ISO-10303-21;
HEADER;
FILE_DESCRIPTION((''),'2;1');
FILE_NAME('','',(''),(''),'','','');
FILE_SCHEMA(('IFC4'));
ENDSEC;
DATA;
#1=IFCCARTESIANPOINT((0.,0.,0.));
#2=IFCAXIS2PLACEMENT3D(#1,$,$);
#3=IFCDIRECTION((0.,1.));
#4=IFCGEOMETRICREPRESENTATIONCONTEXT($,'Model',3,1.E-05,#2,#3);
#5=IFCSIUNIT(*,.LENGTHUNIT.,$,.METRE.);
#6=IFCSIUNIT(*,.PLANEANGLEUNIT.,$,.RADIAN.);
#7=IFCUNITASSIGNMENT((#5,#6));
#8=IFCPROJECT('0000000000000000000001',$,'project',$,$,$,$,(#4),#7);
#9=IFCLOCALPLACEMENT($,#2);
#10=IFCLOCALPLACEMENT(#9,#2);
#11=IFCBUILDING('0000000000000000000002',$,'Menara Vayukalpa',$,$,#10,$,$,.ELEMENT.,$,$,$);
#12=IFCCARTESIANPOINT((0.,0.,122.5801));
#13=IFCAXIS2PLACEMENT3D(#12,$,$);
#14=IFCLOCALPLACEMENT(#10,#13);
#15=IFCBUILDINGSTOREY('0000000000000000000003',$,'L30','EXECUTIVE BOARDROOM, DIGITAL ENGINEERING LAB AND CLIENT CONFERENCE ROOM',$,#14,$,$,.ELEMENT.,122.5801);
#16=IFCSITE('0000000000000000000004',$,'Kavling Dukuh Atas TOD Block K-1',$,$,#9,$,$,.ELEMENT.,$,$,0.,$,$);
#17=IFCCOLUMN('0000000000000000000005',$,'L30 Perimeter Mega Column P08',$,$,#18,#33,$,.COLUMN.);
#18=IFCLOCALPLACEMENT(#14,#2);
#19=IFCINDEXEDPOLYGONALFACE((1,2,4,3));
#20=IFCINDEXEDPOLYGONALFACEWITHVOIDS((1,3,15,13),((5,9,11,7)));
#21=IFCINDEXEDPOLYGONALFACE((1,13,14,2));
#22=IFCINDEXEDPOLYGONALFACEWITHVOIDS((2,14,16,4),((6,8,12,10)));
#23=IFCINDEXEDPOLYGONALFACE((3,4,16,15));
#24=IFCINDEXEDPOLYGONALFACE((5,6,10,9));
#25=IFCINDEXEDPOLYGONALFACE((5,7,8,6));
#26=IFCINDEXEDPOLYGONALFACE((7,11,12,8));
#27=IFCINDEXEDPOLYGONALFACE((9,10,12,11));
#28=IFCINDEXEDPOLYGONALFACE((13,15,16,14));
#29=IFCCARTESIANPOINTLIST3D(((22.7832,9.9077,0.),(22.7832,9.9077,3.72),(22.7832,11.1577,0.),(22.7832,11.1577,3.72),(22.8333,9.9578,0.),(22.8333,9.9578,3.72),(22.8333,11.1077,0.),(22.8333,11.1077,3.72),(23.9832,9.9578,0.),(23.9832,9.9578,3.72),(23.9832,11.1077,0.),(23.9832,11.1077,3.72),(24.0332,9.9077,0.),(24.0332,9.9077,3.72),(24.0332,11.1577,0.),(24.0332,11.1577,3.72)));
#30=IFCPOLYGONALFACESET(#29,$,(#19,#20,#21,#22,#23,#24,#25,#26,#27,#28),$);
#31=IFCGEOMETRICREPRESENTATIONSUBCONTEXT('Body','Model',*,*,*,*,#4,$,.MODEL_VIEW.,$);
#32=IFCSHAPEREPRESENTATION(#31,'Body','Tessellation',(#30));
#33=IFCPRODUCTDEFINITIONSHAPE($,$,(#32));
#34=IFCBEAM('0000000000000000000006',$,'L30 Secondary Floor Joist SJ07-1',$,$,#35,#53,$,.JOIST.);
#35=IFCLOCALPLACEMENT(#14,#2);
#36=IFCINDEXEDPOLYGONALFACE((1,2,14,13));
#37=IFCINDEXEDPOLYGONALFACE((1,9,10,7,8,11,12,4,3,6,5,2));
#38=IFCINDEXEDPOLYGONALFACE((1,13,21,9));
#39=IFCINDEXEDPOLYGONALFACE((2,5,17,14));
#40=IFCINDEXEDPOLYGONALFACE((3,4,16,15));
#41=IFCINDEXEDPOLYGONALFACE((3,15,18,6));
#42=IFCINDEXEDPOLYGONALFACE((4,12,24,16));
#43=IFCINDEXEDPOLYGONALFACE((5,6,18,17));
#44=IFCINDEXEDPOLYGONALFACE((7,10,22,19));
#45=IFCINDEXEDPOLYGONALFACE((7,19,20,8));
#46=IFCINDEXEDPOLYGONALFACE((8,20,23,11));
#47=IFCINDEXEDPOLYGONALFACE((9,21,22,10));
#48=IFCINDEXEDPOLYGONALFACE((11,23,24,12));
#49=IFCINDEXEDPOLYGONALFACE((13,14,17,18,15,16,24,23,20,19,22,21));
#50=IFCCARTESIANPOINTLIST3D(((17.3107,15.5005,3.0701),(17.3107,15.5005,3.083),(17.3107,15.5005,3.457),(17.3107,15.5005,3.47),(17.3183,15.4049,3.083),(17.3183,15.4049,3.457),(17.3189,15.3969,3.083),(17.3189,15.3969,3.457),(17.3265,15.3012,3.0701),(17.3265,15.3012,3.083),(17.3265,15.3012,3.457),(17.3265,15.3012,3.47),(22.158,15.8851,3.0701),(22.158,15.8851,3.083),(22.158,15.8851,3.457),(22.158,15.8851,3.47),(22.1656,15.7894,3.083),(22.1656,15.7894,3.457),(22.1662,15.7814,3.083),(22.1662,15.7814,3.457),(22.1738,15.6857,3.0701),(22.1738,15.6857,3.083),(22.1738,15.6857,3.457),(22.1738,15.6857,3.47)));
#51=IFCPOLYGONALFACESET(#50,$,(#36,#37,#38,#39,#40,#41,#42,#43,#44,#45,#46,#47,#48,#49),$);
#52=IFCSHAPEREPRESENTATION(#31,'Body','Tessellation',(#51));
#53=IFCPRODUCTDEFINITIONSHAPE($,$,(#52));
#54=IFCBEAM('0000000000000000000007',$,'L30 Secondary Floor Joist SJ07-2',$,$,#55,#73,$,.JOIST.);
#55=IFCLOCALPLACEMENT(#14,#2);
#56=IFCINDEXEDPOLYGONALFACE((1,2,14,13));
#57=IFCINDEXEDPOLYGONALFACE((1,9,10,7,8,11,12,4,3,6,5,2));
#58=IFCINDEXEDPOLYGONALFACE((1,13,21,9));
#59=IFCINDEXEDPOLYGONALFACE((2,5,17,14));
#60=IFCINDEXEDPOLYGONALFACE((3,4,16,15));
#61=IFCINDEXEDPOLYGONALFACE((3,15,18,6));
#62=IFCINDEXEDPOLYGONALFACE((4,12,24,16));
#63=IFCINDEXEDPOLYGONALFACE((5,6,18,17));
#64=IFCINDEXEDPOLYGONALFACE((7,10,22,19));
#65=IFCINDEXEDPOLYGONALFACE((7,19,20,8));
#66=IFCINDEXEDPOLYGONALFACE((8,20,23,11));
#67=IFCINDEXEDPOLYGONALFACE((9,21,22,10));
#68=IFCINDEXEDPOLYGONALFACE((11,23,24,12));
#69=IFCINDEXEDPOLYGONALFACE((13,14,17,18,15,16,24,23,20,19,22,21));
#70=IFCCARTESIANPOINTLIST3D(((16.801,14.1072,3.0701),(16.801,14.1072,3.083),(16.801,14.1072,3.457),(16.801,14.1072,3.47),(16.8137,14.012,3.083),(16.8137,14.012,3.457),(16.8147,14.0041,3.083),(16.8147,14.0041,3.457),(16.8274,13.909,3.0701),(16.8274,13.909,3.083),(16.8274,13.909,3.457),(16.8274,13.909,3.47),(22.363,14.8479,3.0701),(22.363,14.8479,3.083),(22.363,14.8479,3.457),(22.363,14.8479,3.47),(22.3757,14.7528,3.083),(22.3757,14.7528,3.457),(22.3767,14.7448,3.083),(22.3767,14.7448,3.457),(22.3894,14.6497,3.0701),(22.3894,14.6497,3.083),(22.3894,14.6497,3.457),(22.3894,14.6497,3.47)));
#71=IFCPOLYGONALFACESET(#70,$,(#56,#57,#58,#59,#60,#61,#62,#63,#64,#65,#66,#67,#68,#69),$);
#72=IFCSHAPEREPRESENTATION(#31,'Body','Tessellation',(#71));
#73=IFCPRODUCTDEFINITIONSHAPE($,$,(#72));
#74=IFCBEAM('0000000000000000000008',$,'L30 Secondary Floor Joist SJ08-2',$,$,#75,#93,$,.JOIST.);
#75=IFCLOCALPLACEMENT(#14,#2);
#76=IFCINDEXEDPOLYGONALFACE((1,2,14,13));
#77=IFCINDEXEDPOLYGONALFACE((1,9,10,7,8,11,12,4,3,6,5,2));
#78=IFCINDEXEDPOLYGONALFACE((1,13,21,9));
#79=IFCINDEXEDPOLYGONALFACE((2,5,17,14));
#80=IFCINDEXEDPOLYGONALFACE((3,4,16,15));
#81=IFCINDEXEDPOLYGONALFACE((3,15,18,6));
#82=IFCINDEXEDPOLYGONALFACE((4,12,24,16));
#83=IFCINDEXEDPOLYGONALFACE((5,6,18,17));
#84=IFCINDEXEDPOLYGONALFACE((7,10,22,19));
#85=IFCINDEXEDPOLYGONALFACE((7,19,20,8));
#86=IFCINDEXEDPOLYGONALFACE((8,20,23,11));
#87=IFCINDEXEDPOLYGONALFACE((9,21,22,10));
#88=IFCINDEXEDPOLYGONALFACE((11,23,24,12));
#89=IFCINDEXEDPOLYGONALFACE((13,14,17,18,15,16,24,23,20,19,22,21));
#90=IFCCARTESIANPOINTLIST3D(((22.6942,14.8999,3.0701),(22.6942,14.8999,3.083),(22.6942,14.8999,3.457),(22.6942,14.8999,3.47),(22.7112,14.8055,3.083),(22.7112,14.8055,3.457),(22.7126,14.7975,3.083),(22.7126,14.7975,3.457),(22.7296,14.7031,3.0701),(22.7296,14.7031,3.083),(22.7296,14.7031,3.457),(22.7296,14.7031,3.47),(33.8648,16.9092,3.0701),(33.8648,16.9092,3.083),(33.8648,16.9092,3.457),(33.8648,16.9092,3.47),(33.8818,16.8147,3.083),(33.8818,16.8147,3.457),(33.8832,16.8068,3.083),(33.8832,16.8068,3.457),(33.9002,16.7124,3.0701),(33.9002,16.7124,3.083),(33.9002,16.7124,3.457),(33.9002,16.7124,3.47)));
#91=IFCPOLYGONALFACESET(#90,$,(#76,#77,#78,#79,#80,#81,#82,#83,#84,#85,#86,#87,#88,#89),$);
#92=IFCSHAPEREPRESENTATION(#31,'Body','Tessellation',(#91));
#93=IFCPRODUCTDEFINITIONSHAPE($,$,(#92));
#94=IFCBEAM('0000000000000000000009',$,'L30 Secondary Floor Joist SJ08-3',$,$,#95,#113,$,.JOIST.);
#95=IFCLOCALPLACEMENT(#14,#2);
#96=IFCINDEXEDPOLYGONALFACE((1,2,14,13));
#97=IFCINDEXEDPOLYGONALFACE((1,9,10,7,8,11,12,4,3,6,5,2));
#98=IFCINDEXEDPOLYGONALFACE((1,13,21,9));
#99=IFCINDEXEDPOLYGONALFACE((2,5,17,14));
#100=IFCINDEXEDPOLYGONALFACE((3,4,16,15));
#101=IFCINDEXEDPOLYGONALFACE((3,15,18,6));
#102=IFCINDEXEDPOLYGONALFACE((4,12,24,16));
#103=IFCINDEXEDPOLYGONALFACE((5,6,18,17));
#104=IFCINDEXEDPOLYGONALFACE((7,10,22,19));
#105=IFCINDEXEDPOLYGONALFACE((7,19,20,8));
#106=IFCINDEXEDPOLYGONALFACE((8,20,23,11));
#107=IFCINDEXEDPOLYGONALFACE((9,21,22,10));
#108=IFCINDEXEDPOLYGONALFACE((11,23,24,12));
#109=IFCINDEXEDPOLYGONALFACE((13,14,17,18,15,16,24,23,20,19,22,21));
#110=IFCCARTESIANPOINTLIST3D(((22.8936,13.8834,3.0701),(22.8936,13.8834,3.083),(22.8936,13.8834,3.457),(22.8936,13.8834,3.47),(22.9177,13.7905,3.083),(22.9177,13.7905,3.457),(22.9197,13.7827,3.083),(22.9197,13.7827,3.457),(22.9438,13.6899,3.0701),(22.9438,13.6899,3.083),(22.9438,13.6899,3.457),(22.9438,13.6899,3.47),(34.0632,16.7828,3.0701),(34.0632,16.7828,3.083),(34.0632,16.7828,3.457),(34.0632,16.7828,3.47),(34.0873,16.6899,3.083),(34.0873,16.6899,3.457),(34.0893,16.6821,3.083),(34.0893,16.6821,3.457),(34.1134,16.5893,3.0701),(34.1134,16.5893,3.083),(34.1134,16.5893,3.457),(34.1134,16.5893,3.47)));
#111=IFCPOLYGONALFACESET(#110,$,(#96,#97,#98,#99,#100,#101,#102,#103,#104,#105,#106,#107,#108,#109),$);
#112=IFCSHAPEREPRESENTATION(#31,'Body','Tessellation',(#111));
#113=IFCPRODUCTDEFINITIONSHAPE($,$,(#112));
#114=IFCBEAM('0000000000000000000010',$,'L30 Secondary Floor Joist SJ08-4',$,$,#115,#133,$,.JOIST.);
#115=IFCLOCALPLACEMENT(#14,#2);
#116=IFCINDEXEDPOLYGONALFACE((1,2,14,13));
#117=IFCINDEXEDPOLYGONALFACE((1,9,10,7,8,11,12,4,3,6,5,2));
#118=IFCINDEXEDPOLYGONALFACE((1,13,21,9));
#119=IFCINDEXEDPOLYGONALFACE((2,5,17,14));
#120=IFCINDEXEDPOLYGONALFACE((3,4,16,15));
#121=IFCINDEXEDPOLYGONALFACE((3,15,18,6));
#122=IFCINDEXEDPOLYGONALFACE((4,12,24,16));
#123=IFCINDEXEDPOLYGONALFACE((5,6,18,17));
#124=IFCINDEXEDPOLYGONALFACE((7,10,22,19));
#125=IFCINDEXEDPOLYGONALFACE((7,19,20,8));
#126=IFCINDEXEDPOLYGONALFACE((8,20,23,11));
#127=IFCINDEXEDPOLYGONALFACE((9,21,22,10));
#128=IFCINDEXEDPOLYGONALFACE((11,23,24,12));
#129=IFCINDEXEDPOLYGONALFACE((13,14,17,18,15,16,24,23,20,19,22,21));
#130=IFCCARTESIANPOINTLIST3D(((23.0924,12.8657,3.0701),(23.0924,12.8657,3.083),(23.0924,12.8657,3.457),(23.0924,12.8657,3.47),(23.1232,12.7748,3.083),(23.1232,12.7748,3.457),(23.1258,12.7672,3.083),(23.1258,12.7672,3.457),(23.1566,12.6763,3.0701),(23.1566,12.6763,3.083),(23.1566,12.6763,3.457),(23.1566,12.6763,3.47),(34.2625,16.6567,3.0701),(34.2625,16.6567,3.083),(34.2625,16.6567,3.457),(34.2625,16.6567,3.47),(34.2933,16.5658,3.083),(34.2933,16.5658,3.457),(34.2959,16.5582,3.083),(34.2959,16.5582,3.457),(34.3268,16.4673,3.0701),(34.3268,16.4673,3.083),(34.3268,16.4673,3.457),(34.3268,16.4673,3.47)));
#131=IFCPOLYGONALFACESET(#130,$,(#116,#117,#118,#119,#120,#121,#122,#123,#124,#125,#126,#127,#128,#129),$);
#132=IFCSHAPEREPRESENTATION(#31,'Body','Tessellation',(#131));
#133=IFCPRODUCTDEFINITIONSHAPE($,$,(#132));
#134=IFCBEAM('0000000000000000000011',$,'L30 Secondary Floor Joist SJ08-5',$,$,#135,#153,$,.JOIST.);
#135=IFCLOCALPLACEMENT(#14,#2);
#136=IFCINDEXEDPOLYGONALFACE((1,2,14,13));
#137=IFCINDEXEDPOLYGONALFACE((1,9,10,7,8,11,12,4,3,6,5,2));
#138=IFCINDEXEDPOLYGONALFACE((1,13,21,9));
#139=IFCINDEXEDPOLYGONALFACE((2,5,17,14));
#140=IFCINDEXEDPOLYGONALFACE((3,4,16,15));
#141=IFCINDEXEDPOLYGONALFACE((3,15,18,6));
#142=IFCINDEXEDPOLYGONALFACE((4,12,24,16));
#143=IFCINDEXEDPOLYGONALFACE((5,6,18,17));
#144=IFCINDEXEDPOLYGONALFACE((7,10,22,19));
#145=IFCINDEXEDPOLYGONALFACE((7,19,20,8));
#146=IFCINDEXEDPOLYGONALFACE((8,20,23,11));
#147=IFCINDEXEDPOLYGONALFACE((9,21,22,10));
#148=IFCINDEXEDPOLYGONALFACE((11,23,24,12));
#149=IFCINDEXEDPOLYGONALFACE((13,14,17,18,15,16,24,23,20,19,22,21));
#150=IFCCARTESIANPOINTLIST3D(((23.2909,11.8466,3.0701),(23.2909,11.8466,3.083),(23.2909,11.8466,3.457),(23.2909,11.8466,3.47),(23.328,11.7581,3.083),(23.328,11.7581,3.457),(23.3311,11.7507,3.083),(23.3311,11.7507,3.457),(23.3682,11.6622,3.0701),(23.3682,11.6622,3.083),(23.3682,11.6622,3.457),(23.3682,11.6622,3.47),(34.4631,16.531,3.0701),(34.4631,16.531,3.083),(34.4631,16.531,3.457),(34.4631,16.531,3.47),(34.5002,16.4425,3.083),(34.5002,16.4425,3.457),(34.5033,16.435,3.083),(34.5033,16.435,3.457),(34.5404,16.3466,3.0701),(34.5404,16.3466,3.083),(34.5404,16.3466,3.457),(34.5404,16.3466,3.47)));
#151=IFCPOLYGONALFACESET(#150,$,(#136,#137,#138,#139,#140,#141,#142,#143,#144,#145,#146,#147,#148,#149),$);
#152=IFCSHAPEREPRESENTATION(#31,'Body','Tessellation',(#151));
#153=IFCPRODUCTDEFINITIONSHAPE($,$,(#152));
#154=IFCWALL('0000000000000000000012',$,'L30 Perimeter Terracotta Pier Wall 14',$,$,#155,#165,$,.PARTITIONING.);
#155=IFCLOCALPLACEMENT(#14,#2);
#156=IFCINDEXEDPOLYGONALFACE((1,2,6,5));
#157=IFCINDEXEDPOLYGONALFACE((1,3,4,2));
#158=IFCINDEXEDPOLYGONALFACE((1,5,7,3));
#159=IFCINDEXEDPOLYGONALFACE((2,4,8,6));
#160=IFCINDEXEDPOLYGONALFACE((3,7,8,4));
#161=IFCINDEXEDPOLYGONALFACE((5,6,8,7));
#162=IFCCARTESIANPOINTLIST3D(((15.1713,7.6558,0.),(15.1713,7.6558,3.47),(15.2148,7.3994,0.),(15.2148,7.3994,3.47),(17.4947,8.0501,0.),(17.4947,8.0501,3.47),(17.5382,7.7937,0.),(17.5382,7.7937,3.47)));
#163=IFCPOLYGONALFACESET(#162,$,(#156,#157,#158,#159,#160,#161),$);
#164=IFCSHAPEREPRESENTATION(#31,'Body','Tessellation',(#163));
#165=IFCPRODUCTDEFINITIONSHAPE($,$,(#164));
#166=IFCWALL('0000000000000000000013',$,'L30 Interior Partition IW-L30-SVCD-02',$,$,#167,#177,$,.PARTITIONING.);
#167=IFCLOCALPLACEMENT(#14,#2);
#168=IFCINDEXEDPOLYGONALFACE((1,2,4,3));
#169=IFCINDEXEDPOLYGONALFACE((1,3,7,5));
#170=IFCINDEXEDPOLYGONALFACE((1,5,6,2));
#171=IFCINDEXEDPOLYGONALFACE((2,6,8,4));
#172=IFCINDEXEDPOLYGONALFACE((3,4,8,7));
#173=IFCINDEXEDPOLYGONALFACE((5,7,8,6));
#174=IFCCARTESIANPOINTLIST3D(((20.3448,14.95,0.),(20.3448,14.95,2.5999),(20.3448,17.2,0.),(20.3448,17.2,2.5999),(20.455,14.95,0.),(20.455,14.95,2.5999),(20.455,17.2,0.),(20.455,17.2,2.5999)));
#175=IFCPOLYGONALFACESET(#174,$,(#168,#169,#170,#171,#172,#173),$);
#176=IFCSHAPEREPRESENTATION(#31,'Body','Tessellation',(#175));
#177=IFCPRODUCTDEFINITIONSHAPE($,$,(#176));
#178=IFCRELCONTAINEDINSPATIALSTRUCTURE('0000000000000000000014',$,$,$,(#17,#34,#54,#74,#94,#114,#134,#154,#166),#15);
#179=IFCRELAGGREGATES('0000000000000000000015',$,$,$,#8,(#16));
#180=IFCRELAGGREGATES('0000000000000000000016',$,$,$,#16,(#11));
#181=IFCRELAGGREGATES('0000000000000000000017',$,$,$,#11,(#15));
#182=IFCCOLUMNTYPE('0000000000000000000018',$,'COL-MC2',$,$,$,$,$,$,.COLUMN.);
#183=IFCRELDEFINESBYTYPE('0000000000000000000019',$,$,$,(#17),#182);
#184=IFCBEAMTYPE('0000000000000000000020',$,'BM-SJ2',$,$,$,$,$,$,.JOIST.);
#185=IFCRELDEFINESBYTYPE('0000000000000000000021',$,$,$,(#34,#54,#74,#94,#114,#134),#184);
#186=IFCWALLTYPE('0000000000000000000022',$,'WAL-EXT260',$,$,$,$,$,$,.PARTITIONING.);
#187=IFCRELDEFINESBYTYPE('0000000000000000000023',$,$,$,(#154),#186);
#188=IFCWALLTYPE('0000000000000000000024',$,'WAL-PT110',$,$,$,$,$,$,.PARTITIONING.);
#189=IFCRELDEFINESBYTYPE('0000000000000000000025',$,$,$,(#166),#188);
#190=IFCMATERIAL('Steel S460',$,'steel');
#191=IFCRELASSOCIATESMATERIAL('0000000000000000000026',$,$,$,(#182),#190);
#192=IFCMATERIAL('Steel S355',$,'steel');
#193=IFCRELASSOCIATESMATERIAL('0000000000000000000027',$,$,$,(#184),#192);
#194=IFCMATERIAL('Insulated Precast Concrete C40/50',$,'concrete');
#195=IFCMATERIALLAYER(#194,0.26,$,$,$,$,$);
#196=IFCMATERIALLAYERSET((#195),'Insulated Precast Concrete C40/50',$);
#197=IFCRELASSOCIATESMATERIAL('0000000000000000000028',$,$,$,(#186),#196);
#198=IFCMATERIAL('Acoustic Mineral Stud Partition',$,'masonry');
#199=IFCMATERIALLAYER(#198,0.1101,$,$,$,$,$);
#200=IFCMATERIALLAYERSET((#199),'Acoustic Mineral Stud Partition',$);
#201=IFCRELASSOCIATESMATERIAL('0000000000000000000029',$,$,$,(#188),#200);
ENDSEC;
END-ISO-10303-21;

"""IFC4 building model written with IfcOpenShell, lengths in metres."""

from ifc_helpers import new_model, si_unit, direction, frame, frame_2d, origin, origin_2d, place, context, subcontext, project, spatial, rectangle, hollow_rectangle, i_section, extrude, material, layer, layer_set, material_profile, profile_set, type_object, element, save


model = new_model("IFC4")

# Units and contexts
model_context = context("Model", 3, precision=1e-05, world=origin(), true_north=direction((0.0, 1.0)))
body_context = subcontext(model_context, "Body", "Model", "MODEL_VIEW")
ifc_project = project(units=[si_unit("LENGTHUNIT", "METRE"), si_unit("PLANEANGLEUNIT", "RADIAN")], contexts=[model_context])

# Site, building, storey
site_placement = place(None, origin())
site = spatial("IfcSite", under=ifc_project, at=site_placement, Name="Kavling Dukuh Atas TOD Block K-1", CompositionType="ELEMENT", RefElevation=0.0)
building_placement = place(site_placement, origin())
building = spatial("IfcBuilding", under=site, at=building_placement, Name="Menara Vayukalpa", CompositionType="ELEMENT")
storey_placement = place(building_placement, frame((0.0, 0.0, 122.5801)))
storey = spatial("IfcBuildingStorey", under=building, at=storey_placement, Name="L30", Description="EXECUTIVE BOARDROOM, DIGITAL ENGINEERING LAB AND CLIENT CONFERENCE ROOM", CompositionType="ELEMENT", Elevation=122.5801)

# Column
ifc_material_1 = material(Name="Steel S460", Category="steel")
ifc_material_profile_1 = material_profile(ifc_material_1, hollow_rectangle(XDim=1.25, YDim=1.25, WallThickness=0.05, at=origin_2d()), Name="BOX 1250x1250x50")
ifc_profile_set_1 = profile_set([ifc_material_profile_1], Name="Steel S460")
column_type = type_object("IfcColumnType", Name="COL-MC2", PredefinedType="COLUMN", material=ifc_profile_set_1)
column_placement = place(storey_placement, frame((23.4082, 10.5327, 0.0), z_axis=(0.0, 0.0, 1.0), x_axis=(1.0, 0.0, 0.0)))
element("IfcColumn", 1, at=column_placement, inside=storey, type_object=column_type, Name="L30 Perimeter Mega Column P08", PredefinedType="COLUMN", context=body_context, shape_type="SweptSolid", body=[
    extrude(hollow_rectangle(XDim=1.25, YDim=1.25, WallThickness=0.05, at=origin_2d()), origin(), (0.0, 0.0, 1.0), 3.72),
])

# Beams
ifc_material_2 = material(Name="Steel S355", Category="steel")
ifc_material_profile_2 = material_profile(ifc_material_2, i_section(OverallWidth=0.2, OverallDepth=0.3999, WebThickness=0.0081, FlangeThickness=0.0129, at=origin_2d()), Name="WF 400x200x8x13")
ifc_profile_set_2 = profile_set([ifc_material_profile_2], Name="Steel S355")
beam_type = type_object("IfcBeamType", Name="BM-SJ2", PredefinedType="JOIST", material=ifc_profile_set_2)
beam_1_placement = place(storey_placement, frame((17.3186, 15.4009, 3.27), z_axis=(0.996869, 0.079077, 0.0), x_axis=(-0.079077, 0.996869, 0.0)))
element("IfcBeam", 2, at=beam_1_placement, inside=storey, type_object=beam_type, Name="L30 Secondary Floor Joist SJ07-1", PredefinedType="JOIST", context=body_context, shape_type="SweptSolid", body=[
    extrude(i_section(OverallWidth=0.2, OverallDepth=0.3999, WebThickness=0.0081, FlangeThickness=0.0129, at=origin_2d()), origin(), (0.0, 0.0, 1.0), 4.8625),
])
beam_2_placement = place(storey_placement, frame((16.8142, 14.0081, 3.27), z_axis=(0.991248, 0.13201, 0.0), x_axis=(-0.13201, 0.991248, 0.0)))
element("IfcBeam", 3, at=beam_2_placement, inside=storey, type_object=beam_type, Name="L30 Secondary Floor Joist SJ07-2", PredefinedType="JOIST", context=body_context, shape_type="SweptSolid", body=[
    extrude(i_section(OverallWidth=0.2, OverallDepth=0.3999, WebThickness=0.0081, FlangeThickness=0.0129, at=origin_2d()), origin(), (0.0, 0.0, 1.0), 5.6111),
])
beam_3_placement = place(storey_placement, frame((22.7119, 14.8015, 3.27), z_axis=(0.984205, 0.17703, 0.0), x_axis=(-0.17703, 0.984205, 0.0)))
element("IfcBeam", 4, at=beam_3_placement, inside=storey, type_object=beam_type, Name="L30 Secondary Floor Joist SJ08-2", PredefinedType="JOIST", context=body_context, shape_type="SweptSolid", body=[
    extrude(i_section(OverallWidth=0.2, OverallDepth=0.3999, WebThickness=0.0081, FlangeThickness=0.0129, at=origin_2d()), origin(), (0.0, 0.0, 1.0), 11.3499),
])
beam_4_placement = place(storey_placement, frame((22.9187, 13.7866, 3.27), z_axis=(0.967922, 0.251252, 0.0), x_axis=(-0.251252, 0.967922, 0.0)))
element("IfcBeam", 5, at=beam_4_placement, inside=storey, type_object=beam_type, Name="L30 Secondary Floor Joist SJ08-3", PredefinedType="JOIST", context=body_context, shape_type="SweptSolid", body=[
    extrude(i_section(OverallWidth=0.2, OverallDepth=0.3999, WebThickness=0.0081, FlangeThickness=0.0129, at=origin_2d()), origin(), (0.0, 0.0, 1.0), 11.5398),
])
beam_5_placement = place(storey_placement, frame((23.1245, 12.771, 3.27), z_axis=(0.946949, 0.321383, 0.0), x_axis=(-0.321383, 0.946949, 0.0)))
element("IfcBeam", 6, at=beam_5_placement, inside=storey, type_object=beam_type, Name="L30 Secondary Floor Joist SJ08-4", PredefinedType="JOIST", context=body_context, shape_type="SweptSolid", body=[
    extrude(i_section(OverallWidth=0.2, OverallDepth=0.3999, WebThickness=0.0081, FlangeThickness=0.0129, at=origin_2d()), origin(), (0.0, 0.0, 1.0), 11.7959),
])
beam_6_placement = place(storey_placement, frame((23.3296, 11.7544, 3.27), z_axis=(0.922217, 0.386674, 0.0), x_axis=(-0.386674, 0.922217, 0.0)))
element("IfcBeam", 7, at=beam_6_placement, inside=storey, type_object=beam_type, Name="L30 Secondary Floor Joist SJ08-5", PredefinedType="JOIST", context=body_context, shape_type="SweptSolid", body=[
    extrude(i_section(OverallWidth=0.2, OverallDepth=0.3999, WebThickness=0.0081, FlangeThickness=0.0129, at=origin_2d()), origin(), (0.0, 0.0, 1.0), 12.1145),
])

# Walls
ifc_material_3 = material(Name="Insulated Precast Concrete C40/50", Category="concrete")
ifc_layer_1 = layer(ifc_material_3, 0.26)
ifc_layer_set_1 = layer_set([ifc_layer_1], Name="Insulated Precast Concrete C40/50")
wall_type_1 = type_object("IfcWallType", Name="WAL-EXT260", PredefinedType="PARTITIONING", material=ifc_layer_set_1)
wall_1_placement = place(storey_placement, frame((17.5164, 7.9219, 0.0), z_axis=(0.0, 0.0, 1.0), x_axis=(-0.985905, -0.167305, 0.0)))
element("IfcWall", 8, at=wall_1_placement, inside=storey, type_object=wall_type_1, Name="L30 Perimeter Terracotta Pier Wall 14", PredefinedType="PARTITIONING", context=body_context, shape_type="SweptSolid", body=[
    extrude(rectangle(XDim=2.3567, YDim=0.26, at=frame_2d((1.1782, 0.0))), origin(), (0.0, 0.0, 1.0), 3.47),
])
ifc_material_4 = material(Name="Acoustic Mineral Stud Partition", Category="masonry")
ifc_layer_2 = layer(ifc_material_4, 0.1101)
ifc_layer_set_2 = layer_set([ifc_layer_2], Name="Acoustic Mineral Stud Partition")
wall_type_2 = type_object("IfcWallType", Name="WAL-PT110", PredefinedType="PARTITIONING", material=ifc_layer_set_2)
wall_2_placement = place(storey_placement, frame((20.3999, 14.95, 0.0), z_axis=(0.0, 0.0, 1.0), x_axis=(0.0, 1.0, 0.0)))
element("IfcWall", 9, at=wall_2_placement, inside=storey, type_object=wall_type_2, Name="L30 Interior Partition IW-L30-SVCD-02", PredefinedType="PARTITIONING", context=body_context, shape_type="SweptSolid", body=[
    extrude(rectangle(XDim=2.25, YDim=0.1101, at=frame_2d((1.125, 0.0))), origin(), (0.0, 0.0, 1.0), 2.5999),
])

save(model, "model.ifc")
